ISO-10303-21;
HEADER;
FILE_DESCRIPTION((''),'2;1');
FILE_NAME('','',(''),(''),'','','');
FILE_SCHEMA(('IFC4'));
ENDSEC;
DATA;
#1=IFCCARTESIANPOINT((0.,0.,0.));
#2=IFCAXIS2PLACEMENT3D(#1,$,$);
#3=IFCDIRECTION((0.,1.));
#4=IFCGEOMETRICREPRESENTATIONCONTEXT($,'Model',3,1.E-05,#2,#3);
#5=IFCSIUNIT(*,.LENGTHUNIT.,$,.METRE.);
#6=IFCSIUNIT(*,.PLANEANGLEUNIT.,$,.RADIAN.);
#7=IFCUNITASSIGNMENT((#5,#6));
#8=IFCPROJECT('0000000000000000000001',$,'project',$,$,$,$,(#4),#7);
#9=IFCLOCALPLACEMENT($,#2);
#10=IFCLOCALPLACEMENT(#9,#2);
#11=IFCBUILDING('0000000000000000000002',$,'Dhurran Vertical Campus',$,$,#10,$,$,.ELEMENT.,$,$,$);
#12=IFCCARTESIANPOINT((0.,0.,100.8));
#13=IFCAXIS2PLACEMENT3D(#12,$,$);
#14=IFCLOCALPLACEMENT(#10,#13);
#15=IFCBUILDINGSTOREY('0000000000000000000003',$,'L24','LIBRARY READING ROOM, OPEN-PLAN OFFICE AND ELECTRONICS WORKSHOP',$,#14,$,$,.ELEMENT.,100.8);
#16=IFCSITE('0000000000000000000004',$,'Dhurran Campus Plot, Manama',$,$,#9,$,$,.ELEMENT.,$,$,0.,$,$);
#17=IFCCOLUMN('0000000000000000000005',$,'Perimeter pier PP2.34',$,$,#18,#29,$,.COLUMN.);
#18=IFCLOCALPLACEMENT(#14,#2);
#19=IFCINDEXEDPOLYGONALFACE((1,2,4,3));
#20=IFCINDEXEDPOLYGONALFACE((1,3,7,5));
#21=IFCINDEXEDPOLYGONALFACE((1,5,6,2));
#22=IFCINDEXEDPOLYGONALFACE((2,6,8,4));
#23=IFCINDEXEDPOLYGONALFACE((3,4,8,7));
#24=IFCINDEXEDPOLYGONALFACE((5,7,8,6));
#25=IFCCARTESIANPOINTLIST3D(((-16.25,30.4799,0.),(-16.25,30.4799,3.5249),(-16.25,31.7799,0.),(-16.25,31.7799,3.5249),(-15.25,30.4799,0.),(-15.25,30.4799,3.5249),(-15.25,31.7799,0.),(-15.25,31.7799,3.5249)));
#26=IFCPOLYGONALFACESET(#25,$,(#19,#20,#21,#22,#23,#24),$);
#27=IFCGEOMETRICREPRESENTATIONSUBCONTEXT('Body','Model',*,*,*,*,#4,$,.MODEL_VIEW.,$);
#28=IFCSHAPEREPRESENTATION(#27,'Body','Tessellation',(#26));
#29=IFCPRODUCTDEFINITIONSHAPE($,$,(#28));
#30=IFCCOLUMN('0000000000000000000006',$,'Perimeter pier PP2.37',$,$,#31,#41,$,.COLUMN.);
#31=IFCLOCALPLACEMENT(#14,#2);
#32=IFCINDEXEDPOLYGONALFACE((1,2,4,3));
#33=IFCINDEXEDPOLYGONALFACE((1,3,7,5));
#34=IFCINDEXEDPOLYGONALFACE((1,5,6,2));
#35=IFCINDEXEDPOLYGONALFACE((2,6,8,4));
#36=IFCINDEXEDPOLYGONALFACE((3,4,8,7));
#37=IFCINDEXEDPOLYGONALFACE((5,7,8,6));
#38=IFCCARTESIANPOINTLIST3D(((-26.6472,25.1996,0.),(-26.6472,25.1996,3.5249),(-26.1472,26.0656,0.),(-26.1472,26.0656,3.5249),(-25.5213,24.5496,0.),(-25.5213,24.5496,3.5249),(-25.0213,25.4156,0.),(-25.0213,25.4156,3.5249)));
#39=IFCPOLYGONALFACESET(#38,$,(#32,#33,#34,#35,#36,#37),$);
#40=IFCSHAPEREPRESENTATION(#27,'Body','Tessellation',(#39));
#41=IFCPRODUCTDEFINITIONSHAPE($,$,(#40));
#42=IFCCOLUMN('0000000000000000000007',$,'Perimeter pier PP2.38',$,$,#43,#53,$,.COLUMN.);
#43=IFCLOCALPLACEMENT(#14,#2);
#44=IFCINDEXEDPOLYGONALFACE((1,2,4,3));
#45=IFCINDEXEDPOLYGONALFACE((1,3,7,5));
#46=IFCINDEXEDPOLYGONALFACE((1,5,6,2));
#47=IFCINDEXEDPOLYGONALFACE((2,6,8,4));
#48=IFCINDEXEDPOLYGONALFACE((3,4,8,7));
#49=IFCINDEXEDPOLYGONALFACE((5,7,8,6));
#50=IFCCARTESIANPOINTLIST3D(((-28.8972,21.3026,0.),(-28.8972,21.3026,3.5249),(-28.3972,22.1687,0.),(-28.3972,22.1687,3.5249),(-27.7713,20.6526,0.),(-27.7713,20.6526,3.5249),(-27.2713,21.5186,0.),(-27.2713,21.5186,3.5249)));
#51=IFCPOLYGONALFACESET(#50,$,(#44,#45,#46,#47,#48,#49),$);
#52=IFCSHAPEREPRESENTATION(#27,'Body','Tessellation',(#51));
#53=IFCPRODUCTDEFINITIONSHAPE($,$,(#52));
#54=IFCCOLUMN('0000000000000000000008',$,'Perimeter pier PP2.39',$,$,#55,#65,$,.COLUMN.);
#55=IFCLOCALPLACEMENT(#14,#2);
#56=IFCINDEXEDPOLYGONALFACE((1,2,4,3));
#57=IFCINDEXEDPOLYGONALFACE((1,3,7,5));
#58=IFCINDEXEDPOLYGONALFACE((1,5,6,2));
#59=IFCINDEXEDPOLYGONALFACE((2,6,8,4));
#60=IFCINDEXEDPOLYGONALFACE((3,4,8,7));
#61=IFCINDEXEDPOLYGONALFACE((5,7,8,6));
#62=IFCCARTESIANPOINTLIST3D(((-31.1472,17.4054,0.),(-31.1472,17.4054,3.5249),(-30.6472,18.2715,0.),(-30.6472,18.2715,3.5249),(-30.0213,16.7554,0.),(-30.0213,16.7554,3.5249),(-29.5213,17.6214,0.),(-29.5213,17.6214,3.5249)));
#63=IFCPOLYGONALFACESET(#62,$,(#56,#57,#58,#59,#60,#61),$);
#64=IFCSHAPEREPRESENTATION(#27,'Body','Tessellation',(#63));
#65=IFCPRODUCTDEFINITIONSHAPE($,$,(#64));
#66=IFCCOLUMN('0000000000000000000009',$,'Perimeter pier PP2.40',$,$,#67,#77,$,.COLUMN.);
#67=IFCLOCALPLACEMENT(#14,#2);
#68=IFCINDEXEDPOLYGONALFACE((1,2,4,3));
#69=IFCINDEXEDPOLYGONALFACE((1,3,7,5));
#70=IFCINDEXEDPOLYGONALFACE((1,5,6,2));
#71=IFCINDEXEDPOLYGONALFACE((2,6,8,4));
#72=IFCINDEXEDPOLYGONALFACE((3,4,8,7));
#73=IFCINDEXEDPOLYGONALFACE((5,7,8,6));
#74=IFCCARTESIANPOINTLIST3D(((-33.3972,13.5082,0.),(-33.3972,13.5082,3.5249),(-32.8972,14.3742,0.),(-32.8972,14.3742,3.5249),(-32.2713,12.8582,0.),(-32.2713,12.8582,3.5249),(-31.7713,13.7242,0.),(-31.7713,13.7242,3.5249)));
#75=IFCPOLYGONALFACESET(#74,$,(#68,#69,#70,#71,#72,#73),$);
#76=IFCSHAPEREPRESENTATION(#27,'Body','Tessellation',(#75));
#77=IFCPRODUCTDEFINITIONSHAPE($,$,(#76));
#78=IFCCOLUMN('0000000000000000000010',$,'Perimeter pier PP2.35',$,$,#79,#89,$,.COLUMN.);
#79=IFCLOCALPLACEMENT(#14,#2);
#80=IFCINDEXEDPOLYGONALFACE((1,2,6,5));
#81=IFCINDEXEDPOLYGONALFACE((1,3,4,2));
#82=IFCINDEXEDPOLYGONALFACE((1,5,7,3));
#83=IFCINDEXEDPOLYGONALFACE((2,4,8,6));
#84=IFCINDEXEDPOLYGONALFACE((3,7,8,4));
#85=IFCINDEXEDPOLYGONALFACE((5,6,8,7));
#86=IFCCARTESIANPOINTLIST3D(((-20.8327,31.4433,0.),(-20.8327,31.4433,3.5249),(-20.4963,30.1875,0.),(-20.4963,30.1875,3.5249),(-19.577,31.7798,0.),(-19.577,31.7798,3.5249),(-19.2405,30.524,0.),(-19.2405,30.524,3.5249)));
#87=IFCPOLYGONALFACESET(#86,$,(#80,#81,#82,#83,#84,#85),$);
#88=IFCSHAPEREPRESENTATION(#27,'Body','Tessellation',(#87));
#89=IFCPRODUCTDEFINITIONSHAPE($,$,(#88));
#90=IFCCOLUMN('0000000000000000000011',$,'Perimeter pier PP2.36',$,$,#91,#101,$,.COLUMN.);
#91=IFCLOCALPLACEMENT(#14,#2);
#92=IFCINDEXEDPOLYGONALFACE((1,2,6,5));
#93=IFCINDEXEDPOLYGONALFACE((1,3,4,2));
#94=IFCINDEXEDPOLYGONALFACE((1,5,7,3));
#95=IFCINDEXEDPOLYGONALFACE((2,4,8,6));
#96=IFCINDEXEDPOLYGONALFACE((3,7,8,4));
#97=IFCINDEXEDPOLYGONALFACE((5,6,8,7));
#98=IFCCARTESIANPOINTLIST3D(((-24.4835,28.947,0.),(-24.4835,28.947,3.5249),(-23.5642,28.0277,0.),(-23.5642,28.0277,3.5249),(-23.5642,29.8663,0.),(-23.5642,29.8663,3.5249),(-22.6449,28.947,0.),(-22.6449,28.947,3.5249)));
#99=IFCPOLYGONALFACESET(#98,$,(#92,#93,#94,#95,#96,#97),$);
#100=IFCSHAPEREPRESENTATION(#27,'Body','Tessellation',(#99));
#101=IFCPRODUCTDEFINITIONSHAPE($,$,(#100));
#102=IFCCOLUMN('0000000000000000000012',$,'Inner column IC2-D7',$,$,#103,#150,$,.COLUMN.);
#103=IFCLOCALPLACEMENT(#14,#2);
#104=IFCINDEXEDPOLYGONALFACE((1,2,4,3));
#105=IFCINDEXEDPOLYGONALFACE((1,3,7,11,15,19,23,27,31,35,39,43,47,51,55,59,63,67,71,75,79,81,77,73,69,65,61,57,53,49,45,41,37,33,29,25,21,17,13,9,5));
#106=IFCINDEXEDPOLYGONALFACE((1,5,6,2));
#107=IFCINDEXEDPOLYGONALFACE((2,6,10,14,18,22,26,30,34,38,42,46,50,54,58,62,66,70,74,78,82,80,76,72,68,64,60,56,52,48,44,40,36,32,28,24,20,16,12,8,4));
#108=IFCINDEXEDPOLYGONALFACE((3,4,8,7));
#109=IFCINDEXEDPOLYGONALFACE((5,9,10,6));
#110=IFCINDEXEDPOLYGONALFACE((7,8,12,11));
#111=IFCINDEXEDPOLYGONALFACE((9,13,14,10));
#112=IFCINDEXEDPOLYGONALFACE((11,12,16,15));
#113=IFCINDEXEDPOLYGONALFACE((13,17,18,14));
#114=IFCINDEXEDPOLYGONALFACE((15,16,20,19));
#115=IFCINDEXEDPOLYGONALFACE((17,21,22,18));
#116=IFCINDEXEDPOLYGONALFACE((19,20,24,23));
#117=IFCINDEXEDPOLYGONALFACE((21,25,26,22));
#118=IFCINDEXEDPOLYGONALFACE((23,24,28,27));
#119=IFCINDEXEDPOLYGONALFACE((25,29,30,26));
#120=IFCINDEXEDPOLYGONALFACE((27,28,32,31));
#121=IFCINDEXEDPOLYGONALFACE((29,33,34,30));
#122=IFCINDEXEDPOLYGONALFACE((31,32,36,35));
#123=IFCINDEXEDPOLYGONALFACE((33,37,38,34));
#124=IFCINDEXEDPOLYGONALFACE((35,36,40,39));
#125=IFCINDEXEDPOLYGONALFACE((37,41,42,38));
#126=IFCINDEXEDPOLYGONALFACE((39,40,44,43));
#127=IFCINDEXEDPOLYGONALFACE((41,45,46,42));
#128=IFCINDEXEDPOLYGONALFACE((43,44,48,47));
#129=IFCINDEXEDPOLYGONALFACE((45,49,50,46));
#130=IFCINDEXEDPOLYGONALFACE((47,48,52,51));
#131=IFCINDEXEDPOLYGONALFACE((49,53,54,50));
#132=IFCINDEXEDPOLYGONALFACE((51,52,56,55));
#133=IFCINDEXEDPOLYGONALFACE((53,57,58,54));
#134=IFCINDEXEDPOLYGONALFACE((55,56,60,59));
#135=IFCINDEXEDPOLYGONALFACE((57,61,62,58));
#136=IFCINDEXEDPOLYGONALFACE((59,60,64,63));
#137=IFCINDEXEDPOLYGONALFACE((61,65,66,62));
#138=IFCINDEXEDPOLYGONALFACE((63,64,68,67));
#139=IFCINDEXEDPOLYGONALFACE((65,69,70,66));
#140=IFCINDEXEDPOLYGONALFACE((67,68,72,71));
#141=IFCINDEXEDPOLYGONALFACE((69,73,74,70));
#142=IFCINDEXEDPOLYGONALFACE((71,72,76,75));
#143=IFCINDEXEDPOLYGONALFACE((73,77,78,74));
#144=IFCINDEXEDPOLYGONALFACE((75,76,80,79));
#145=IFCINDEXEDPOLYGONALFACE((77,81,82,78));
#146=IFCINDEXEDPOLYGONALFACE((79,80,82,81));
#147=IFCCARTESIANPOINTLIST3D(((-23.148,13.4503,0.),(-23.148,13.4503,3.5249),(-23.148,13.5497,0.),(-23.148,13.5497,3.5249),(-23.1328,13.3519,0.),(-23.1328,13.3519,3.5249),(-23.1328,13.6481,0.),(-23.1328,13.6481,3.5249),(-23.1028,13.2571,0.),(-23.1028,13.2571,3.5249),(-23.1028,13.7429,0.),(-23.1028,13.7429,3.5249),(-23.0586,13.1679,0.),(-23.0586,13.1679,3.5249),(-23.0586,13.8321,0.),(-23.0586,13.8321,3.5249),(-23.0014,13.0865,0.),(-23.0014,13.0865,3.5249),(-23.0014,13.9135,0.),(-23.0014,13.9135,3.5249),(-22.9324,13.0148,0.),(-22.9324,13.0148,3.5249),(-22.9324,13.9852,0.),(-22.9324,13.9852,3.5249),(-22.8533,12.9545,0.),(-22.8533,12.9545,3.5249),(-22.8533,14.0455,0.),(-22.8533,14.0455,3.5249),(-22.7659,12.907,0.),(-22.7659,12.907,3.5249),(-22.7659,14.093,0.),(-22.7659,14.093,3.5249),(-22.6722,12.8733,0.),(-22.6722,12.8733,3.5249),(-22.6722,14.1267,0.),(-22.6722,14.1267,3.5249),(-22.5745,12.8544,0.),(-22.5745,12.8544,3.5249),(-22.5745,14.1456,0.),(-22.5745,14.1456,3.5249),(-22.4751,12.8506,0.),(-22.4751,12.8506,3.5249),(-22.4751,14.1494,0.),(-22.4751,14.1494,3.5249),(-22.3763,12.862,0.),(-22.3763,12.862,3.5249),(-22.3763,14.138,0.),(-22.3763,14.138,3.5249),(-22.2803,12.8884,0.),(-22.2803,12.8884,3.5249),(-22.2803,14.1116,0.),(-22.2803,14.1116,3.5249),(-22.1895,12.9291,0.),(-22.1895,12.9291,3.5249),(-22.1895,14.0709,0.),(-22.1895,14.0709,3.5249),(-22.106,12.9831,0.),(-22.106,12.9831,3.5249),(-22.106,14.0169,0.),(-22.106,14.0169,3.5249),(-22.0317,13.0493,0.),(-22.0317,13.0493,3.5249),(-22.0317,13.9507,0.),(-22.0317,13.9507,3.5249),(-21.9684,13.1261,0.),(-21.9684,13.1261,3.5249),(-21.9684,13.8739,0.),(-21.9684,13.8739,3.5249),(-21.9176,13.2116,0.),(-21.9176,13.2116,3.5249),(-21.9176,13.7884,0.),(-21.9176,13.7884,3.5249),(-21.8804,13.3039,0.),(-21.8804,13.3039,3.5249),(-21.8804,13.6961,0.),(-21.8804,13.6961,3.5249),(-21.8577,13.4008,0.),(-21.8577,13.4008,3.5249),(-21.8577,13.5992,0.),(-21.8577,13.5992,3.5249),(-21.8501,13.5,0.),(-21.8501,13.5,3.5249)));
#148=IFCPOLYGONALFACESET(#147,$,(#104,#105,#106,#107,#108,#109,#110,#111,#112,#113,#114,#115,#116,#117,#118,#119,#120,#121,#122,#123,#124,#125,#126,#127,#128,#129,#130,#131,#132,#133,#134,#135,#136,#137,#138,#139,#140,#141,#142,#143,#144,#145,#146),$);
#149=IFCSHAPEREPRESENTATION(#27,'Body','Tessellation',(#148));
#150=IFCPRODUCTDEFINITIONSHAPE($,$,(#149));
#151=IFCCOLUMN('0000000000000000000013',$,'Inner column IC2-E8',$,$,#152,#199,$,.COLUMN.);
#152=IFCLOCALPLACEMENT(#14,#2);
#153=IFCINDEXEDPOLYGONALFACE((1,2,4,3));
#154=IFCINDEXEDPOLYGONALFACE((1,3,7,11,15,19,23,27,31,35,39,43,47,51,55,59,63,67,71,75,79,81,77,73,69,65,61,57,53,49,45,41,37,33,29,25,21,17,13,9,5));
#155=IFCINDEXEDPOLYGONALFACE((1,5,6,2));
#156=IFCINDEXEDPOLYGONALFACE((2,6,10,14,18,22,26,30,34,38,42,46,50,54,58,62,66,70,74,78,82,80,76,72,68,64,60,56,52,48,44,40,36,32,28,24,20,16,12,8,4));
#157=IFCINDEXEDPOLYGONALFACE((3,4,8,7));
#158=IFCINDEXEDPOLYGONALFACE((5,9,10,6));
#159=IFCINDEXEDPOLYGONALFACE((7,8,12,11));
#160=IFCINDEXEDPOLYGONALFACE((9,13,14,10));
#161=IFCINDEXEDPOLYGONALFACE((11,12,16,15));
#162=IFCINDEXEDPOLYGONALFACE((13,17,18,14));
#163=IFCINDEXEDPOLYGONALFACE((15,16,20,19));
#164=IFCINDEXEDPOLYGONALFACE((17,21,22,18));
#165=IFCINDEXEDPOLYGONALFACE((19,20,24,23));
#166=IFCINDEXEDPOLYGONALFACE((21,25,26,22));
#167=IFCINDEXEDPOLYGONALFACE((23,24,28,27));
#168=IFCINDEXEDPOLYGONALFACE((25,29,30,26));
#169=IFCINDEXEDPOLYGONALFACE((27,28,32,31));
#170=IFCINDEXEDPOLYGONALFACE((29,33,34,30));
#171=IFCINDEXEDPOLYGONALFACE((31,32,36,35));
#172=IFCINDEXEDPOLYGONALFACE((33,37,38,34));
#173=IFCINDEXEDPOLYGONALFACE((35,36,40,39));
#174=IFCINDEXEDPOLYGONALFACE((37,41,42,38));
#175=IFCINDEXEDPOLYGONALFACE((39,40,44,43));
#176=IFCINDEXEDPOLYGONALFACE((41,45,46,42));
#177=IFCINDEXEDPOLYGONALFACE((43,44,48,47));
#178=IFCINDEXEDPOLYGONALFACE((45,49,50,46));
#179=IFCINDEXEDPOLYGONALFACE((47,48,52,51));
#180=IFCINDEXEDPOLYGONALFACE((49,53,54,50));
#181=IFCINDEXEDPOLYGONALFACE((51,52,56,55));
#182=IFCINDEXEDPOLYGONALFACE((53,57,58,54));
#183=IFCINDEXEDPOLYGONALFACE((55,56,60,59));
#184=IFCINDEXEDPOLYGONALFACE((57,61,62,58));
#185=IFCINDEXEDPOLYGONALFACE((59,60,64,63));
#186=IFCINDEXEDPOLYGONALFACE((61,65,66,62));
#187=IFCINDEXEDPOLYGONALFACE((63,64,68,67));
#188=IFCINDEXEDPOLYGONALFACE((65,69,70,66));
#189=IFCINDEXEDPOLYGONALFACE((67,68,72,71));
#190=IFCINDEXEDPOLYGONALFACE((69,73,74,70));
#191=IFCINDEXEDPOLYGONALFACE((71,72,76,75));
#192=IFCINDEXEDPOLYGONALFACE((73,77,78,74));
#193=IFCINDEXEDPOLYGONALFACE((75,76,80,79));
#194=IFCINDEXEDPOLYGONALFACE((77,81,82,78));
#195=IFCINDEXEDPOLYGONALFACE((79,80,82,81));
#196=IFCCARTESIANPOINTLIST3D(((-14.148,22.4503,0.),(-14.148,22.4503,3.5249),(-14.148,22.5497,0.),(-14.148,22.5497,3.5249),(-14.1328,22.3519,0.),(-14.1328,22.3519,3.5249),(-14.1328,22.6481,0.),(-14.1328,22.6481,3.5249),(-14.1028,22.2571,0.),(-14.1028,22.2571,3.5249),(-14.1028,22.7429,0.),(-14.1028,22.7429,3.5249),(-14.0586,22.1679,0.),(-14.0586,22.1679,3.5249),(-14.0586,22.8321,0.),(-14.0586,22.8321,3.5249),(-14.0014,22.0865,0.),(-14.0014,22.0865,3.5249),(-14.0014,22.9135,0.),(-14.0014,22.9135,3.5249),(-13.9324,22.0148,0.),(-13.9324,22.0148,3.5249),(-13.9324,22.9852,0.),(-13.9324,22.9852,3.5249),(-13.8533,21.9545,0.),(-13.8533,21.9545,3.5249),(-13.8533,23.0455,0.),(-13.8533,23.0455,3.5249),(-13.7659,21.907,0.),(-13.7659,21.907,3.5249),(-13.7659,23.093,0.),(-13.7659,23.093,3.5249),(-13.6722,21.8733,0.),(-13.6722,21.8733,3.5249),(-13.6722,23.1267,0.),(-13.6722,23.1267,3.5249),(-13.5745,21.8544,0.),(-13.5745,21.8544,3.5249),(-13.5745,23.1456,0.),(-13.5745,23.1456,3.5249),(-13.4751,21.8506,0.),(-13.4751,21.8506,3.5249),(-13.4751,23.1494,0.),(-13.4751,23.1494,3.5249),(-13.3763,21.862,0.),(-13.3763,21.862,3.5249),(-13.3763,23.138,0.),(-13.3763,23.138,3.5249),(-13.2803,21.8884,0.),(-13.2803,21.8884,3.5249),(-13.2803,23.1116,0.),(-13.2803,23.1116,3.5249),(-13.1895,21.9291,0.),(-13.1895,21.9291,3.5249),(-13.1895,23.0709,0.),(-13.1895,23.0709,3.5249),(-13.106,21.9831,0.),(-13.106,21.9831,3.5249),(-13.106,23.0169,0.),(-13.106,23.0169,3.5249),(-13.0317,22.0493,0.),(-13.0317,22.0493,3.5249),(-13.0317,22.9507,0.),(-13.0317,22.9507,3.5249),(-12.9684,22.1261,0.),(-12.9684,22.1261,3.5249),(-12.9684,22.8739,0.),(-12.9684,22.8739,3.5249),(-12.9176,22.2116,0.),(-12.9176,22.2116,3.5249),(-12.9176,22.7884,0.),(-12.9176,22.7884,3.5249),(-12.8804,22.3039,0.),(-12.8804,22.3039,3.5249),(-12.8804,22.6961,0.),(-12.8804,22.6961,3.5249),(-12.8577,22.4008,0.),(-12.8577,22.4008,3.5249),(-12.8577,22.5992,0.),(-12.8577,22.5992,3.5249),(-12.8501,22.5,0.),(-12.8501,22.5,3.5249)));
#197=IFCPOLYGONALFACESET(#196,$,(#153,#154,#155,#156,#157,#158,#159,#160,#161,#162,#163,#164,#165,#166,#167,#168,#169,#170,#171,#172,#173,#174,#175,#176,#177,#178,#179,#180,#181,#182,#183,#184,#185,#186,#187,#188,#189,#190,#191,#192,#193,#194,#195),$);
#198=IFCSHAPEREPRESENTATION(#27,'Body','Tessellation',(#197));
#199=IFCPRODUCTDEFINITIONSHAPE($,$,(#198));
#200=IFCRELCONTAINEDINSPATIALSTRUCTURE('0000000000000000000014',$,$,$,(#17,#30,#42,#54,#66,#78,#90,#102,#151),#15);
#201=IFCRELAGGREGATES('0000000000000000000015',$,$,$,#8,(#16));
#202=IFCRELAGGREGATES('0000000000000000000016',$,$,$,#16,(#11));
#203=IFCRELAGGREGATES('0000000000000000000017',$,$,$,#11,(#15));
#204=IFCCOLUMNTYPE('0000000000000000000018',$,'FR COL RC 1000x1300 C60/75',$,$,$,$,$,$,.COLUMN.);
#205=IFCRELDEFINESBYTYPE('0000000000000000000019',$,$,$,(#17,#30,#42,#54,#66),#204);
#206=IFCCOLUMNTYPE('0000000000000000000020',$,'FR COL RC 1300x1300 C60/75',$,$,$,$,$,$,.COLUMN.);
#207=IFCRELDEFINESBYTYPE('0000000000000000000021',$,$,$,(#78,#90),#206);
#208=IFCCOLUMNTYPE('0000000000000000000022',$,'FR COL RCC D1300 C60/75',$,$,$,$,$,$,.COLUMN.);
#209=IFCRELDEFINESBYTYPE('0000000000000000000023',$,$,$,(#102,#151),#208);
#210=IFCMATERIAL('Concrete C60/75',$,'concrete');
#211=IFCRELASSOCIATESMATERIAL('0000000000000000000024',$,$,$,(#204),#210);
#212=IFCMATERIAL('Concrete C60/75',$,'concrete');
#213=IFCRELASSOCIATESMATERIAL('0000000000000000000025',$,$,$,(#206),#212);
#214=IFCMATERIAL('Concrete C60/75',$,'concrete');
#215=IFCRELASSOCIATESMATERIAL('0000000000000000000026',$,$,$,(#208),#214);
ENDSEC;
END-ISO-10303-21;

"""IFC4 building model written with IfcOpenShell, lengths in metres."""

from ifc_helpers import new_model, si_unit, direction, frame, origin, origin_2d, place, context, subcontext, project, spatial, rectangle, circle, extrude, material, material_profile, profile_set, type_object, element, save


model = new_model("IFC4")

# Units and contexts
model_context = context("Model", 3, precision=1e-05, world=origin(), true_north=direction((0.0, 1.0)))
body_context = subcontext(model_context, "Body", "Model", "MODEL_VIEW")
ifc_project = project(units=[si_unit("LENGTHUNIT", "METRE"), si_unit("PLANEANGLEUNIT", "RADIAN")], contexts=[model_context])

# Site, building, storey
site_placement = place(None, origin())
site = spatial("IfcSite", under=ifc_project, at=site_placement, Name="Dhurran Campus Plot, Manama", CompositionType="ELEMENT", RefElevation=0.0)
building_placement = place(site_placement, origin())
building = spatial("IfcBuilding", under=site, at=building_placement, Name="Dhurran Vertical Campus", CompositionType="ELEMENT")
storey_placement = place(building_placement, frame((0.0, 0.0, 100.8)))
storey = spatial("IfcBuildingStorey", under=building, at=storey_placement, Name="L24", Description="LIBRARY READING ROOM, OPEN-PLAN OFFICE AND ELECTRONICS WORKSHOP", CompositionType="ELEMENT", Elevation=100.8)

# Columns
ifc_material_1 = material(Name="Concrete C60/75", Category="concrete")
ifc_material_profile_1 = material_profile(ifc_material_1, rectangle(XDim=1.0, YDim=1.3, at=origin_2d()), Name="RC 1000x1300")
ifc_profile_set_1 = profile_set([ifc_material_profile_1], Name="Concrete C60/75")
column_type_1 = type_object("IfcColumnType", Name="FR COL RC 1000x1300 C60/75", PredefinedType="COLUMN", material=ifc_profile_set_1)
for number, where, z_axis, x_axis, name in (
    (1, (-15.75, 31.1299, 0.0), (0.0, 0.0, 1.0), (-1.0, 0.0, 0.0), "Perimeter pier PP2.34"),
    (2, (-25.8342, 25.3076, 0.0), (0.0, 0.0, 1.0), (-0.5, -0.866025, 0.0), "Perimeter pier PP2.37"),
    (3, (-28.0842, 21.4106, 0.0), (0.0, 0.0, 1.0), (-0.5, -0.866025, 0.0), "Perimeter pier PP2.38"),
    (4, (-30.3342, 17.5134, 0.0), (0.0, 0.0, 1.0), (-0.5, -0.866025, 0.0), "Perimeter pier PP2.39"),
    (5, (-32.5842, 13.6162, 0.0), (0.0, 0.0, 1.0), (-0.5, -0.866025, 0.0), "Perimeter pier PP2.40"),
):
    element("IfcColumn", number, at=place(storey_placement, frame(where, z_axis=z_axis, x_axis=x_axis)), inside=storey, type_object=column_type_1, Name=name, PredefinedType="COLUMN", context=body_context, shape_type="SweptSolid", body=[
        extrude(rectangle(XDim=1.0, YDim=1.3, at=origin_2d()), origin(), (0.0, 0.0, 1.0), 3.5249),
    ])
ifc_material_2 = material(Name="Concrete C60/75", Category="concrete")
ifc_material_profile_2 = material_profile(ifc_material_2, rectangle(XDim=1.3, YDim=1.3, at=origin_2d()), Name="RC 1300x1300")
ifc_profile_set_2 = profile_set([ifc_material_profile_2], Name="Concrete C60/75")
column_type_2 = type_object("IfcColumnType", Name="FR COL RC 1300x1300 C60/75", PredefinedType="COLUMN", material=ifc_profile_set_2)
for number, where, z_axis, x_axis, name in (
    (6, (-20.0366, 30.9836, 0.0), (0.0, 0.0, 1.0), (-0.965926, -0.258819, 0.0), "Perimeter pier PP2.35"),
    (7, (-23.5642, 28.947, 0.0), (0.0, 0.0, 1.0), (-0.707107, -0.707107, 0.0), "Perimeter pier PP2.36"),
):
    element("IfcColumn", number, at=place(storey_placement, frame(where, z_axis=z_axis, x_axis=x_axis)), inside=storey, type_object=column_type_2, Name=name, PredefinedType="COLUMN", context=body_context, shape_type="SweptSolid", body=[
        extrude(rectangle(XDim=1.3, YDim=1.3, at=origin_2d()), origin(), (0.0, 0.0, 1.0), 3.5249),
    ])
ifc_material_3 = material(Name="Concrete C60/75", Category="concrete")
ifc_material_profile_3 = material_profile(ifc_material_3, circle(Radius=0.6499, at=origin_2d()), Name="RCC D1300")
ifc_profile_set_3 = profile_set([ifc_material_profile_3], Name="Concrete C60/75")
column_type_3 = type_object("IfcColumnType", Name="FR COL RCC D1300 C60/75", PredefinedType="COLUMN", material=ifc_profile_set_3)
for number, where, z_axis, x_axis, name in (
    (8, (-22.5, 13.5, 0.0), (0.0, 0.0, 1.0), (1.0, 0.0, 0.0), "Inner column IC2-D7"),
    (9, (-13.5, 22.5, 0.0), (0.0, 0.0, 1.0), (1.0, 0.0, 0.0), "Inner column IC2-E8"),
):
    element("IfcColumn", number, at=place(storey_placement, frame(where, z_axis=z_axis, x_axis=x_axis)), inside=storey, type_object=column_type_3, Name=name, PredefinedType="COLUMN", context=body_context, shape_type="SweptSolid", body=[
        extrude(circle(Radius=0.6499, at=origin_2d()), origin(), (0.0, 0.0, 1.0), 3.5249),
    ])

save(model, "model.ifc")
